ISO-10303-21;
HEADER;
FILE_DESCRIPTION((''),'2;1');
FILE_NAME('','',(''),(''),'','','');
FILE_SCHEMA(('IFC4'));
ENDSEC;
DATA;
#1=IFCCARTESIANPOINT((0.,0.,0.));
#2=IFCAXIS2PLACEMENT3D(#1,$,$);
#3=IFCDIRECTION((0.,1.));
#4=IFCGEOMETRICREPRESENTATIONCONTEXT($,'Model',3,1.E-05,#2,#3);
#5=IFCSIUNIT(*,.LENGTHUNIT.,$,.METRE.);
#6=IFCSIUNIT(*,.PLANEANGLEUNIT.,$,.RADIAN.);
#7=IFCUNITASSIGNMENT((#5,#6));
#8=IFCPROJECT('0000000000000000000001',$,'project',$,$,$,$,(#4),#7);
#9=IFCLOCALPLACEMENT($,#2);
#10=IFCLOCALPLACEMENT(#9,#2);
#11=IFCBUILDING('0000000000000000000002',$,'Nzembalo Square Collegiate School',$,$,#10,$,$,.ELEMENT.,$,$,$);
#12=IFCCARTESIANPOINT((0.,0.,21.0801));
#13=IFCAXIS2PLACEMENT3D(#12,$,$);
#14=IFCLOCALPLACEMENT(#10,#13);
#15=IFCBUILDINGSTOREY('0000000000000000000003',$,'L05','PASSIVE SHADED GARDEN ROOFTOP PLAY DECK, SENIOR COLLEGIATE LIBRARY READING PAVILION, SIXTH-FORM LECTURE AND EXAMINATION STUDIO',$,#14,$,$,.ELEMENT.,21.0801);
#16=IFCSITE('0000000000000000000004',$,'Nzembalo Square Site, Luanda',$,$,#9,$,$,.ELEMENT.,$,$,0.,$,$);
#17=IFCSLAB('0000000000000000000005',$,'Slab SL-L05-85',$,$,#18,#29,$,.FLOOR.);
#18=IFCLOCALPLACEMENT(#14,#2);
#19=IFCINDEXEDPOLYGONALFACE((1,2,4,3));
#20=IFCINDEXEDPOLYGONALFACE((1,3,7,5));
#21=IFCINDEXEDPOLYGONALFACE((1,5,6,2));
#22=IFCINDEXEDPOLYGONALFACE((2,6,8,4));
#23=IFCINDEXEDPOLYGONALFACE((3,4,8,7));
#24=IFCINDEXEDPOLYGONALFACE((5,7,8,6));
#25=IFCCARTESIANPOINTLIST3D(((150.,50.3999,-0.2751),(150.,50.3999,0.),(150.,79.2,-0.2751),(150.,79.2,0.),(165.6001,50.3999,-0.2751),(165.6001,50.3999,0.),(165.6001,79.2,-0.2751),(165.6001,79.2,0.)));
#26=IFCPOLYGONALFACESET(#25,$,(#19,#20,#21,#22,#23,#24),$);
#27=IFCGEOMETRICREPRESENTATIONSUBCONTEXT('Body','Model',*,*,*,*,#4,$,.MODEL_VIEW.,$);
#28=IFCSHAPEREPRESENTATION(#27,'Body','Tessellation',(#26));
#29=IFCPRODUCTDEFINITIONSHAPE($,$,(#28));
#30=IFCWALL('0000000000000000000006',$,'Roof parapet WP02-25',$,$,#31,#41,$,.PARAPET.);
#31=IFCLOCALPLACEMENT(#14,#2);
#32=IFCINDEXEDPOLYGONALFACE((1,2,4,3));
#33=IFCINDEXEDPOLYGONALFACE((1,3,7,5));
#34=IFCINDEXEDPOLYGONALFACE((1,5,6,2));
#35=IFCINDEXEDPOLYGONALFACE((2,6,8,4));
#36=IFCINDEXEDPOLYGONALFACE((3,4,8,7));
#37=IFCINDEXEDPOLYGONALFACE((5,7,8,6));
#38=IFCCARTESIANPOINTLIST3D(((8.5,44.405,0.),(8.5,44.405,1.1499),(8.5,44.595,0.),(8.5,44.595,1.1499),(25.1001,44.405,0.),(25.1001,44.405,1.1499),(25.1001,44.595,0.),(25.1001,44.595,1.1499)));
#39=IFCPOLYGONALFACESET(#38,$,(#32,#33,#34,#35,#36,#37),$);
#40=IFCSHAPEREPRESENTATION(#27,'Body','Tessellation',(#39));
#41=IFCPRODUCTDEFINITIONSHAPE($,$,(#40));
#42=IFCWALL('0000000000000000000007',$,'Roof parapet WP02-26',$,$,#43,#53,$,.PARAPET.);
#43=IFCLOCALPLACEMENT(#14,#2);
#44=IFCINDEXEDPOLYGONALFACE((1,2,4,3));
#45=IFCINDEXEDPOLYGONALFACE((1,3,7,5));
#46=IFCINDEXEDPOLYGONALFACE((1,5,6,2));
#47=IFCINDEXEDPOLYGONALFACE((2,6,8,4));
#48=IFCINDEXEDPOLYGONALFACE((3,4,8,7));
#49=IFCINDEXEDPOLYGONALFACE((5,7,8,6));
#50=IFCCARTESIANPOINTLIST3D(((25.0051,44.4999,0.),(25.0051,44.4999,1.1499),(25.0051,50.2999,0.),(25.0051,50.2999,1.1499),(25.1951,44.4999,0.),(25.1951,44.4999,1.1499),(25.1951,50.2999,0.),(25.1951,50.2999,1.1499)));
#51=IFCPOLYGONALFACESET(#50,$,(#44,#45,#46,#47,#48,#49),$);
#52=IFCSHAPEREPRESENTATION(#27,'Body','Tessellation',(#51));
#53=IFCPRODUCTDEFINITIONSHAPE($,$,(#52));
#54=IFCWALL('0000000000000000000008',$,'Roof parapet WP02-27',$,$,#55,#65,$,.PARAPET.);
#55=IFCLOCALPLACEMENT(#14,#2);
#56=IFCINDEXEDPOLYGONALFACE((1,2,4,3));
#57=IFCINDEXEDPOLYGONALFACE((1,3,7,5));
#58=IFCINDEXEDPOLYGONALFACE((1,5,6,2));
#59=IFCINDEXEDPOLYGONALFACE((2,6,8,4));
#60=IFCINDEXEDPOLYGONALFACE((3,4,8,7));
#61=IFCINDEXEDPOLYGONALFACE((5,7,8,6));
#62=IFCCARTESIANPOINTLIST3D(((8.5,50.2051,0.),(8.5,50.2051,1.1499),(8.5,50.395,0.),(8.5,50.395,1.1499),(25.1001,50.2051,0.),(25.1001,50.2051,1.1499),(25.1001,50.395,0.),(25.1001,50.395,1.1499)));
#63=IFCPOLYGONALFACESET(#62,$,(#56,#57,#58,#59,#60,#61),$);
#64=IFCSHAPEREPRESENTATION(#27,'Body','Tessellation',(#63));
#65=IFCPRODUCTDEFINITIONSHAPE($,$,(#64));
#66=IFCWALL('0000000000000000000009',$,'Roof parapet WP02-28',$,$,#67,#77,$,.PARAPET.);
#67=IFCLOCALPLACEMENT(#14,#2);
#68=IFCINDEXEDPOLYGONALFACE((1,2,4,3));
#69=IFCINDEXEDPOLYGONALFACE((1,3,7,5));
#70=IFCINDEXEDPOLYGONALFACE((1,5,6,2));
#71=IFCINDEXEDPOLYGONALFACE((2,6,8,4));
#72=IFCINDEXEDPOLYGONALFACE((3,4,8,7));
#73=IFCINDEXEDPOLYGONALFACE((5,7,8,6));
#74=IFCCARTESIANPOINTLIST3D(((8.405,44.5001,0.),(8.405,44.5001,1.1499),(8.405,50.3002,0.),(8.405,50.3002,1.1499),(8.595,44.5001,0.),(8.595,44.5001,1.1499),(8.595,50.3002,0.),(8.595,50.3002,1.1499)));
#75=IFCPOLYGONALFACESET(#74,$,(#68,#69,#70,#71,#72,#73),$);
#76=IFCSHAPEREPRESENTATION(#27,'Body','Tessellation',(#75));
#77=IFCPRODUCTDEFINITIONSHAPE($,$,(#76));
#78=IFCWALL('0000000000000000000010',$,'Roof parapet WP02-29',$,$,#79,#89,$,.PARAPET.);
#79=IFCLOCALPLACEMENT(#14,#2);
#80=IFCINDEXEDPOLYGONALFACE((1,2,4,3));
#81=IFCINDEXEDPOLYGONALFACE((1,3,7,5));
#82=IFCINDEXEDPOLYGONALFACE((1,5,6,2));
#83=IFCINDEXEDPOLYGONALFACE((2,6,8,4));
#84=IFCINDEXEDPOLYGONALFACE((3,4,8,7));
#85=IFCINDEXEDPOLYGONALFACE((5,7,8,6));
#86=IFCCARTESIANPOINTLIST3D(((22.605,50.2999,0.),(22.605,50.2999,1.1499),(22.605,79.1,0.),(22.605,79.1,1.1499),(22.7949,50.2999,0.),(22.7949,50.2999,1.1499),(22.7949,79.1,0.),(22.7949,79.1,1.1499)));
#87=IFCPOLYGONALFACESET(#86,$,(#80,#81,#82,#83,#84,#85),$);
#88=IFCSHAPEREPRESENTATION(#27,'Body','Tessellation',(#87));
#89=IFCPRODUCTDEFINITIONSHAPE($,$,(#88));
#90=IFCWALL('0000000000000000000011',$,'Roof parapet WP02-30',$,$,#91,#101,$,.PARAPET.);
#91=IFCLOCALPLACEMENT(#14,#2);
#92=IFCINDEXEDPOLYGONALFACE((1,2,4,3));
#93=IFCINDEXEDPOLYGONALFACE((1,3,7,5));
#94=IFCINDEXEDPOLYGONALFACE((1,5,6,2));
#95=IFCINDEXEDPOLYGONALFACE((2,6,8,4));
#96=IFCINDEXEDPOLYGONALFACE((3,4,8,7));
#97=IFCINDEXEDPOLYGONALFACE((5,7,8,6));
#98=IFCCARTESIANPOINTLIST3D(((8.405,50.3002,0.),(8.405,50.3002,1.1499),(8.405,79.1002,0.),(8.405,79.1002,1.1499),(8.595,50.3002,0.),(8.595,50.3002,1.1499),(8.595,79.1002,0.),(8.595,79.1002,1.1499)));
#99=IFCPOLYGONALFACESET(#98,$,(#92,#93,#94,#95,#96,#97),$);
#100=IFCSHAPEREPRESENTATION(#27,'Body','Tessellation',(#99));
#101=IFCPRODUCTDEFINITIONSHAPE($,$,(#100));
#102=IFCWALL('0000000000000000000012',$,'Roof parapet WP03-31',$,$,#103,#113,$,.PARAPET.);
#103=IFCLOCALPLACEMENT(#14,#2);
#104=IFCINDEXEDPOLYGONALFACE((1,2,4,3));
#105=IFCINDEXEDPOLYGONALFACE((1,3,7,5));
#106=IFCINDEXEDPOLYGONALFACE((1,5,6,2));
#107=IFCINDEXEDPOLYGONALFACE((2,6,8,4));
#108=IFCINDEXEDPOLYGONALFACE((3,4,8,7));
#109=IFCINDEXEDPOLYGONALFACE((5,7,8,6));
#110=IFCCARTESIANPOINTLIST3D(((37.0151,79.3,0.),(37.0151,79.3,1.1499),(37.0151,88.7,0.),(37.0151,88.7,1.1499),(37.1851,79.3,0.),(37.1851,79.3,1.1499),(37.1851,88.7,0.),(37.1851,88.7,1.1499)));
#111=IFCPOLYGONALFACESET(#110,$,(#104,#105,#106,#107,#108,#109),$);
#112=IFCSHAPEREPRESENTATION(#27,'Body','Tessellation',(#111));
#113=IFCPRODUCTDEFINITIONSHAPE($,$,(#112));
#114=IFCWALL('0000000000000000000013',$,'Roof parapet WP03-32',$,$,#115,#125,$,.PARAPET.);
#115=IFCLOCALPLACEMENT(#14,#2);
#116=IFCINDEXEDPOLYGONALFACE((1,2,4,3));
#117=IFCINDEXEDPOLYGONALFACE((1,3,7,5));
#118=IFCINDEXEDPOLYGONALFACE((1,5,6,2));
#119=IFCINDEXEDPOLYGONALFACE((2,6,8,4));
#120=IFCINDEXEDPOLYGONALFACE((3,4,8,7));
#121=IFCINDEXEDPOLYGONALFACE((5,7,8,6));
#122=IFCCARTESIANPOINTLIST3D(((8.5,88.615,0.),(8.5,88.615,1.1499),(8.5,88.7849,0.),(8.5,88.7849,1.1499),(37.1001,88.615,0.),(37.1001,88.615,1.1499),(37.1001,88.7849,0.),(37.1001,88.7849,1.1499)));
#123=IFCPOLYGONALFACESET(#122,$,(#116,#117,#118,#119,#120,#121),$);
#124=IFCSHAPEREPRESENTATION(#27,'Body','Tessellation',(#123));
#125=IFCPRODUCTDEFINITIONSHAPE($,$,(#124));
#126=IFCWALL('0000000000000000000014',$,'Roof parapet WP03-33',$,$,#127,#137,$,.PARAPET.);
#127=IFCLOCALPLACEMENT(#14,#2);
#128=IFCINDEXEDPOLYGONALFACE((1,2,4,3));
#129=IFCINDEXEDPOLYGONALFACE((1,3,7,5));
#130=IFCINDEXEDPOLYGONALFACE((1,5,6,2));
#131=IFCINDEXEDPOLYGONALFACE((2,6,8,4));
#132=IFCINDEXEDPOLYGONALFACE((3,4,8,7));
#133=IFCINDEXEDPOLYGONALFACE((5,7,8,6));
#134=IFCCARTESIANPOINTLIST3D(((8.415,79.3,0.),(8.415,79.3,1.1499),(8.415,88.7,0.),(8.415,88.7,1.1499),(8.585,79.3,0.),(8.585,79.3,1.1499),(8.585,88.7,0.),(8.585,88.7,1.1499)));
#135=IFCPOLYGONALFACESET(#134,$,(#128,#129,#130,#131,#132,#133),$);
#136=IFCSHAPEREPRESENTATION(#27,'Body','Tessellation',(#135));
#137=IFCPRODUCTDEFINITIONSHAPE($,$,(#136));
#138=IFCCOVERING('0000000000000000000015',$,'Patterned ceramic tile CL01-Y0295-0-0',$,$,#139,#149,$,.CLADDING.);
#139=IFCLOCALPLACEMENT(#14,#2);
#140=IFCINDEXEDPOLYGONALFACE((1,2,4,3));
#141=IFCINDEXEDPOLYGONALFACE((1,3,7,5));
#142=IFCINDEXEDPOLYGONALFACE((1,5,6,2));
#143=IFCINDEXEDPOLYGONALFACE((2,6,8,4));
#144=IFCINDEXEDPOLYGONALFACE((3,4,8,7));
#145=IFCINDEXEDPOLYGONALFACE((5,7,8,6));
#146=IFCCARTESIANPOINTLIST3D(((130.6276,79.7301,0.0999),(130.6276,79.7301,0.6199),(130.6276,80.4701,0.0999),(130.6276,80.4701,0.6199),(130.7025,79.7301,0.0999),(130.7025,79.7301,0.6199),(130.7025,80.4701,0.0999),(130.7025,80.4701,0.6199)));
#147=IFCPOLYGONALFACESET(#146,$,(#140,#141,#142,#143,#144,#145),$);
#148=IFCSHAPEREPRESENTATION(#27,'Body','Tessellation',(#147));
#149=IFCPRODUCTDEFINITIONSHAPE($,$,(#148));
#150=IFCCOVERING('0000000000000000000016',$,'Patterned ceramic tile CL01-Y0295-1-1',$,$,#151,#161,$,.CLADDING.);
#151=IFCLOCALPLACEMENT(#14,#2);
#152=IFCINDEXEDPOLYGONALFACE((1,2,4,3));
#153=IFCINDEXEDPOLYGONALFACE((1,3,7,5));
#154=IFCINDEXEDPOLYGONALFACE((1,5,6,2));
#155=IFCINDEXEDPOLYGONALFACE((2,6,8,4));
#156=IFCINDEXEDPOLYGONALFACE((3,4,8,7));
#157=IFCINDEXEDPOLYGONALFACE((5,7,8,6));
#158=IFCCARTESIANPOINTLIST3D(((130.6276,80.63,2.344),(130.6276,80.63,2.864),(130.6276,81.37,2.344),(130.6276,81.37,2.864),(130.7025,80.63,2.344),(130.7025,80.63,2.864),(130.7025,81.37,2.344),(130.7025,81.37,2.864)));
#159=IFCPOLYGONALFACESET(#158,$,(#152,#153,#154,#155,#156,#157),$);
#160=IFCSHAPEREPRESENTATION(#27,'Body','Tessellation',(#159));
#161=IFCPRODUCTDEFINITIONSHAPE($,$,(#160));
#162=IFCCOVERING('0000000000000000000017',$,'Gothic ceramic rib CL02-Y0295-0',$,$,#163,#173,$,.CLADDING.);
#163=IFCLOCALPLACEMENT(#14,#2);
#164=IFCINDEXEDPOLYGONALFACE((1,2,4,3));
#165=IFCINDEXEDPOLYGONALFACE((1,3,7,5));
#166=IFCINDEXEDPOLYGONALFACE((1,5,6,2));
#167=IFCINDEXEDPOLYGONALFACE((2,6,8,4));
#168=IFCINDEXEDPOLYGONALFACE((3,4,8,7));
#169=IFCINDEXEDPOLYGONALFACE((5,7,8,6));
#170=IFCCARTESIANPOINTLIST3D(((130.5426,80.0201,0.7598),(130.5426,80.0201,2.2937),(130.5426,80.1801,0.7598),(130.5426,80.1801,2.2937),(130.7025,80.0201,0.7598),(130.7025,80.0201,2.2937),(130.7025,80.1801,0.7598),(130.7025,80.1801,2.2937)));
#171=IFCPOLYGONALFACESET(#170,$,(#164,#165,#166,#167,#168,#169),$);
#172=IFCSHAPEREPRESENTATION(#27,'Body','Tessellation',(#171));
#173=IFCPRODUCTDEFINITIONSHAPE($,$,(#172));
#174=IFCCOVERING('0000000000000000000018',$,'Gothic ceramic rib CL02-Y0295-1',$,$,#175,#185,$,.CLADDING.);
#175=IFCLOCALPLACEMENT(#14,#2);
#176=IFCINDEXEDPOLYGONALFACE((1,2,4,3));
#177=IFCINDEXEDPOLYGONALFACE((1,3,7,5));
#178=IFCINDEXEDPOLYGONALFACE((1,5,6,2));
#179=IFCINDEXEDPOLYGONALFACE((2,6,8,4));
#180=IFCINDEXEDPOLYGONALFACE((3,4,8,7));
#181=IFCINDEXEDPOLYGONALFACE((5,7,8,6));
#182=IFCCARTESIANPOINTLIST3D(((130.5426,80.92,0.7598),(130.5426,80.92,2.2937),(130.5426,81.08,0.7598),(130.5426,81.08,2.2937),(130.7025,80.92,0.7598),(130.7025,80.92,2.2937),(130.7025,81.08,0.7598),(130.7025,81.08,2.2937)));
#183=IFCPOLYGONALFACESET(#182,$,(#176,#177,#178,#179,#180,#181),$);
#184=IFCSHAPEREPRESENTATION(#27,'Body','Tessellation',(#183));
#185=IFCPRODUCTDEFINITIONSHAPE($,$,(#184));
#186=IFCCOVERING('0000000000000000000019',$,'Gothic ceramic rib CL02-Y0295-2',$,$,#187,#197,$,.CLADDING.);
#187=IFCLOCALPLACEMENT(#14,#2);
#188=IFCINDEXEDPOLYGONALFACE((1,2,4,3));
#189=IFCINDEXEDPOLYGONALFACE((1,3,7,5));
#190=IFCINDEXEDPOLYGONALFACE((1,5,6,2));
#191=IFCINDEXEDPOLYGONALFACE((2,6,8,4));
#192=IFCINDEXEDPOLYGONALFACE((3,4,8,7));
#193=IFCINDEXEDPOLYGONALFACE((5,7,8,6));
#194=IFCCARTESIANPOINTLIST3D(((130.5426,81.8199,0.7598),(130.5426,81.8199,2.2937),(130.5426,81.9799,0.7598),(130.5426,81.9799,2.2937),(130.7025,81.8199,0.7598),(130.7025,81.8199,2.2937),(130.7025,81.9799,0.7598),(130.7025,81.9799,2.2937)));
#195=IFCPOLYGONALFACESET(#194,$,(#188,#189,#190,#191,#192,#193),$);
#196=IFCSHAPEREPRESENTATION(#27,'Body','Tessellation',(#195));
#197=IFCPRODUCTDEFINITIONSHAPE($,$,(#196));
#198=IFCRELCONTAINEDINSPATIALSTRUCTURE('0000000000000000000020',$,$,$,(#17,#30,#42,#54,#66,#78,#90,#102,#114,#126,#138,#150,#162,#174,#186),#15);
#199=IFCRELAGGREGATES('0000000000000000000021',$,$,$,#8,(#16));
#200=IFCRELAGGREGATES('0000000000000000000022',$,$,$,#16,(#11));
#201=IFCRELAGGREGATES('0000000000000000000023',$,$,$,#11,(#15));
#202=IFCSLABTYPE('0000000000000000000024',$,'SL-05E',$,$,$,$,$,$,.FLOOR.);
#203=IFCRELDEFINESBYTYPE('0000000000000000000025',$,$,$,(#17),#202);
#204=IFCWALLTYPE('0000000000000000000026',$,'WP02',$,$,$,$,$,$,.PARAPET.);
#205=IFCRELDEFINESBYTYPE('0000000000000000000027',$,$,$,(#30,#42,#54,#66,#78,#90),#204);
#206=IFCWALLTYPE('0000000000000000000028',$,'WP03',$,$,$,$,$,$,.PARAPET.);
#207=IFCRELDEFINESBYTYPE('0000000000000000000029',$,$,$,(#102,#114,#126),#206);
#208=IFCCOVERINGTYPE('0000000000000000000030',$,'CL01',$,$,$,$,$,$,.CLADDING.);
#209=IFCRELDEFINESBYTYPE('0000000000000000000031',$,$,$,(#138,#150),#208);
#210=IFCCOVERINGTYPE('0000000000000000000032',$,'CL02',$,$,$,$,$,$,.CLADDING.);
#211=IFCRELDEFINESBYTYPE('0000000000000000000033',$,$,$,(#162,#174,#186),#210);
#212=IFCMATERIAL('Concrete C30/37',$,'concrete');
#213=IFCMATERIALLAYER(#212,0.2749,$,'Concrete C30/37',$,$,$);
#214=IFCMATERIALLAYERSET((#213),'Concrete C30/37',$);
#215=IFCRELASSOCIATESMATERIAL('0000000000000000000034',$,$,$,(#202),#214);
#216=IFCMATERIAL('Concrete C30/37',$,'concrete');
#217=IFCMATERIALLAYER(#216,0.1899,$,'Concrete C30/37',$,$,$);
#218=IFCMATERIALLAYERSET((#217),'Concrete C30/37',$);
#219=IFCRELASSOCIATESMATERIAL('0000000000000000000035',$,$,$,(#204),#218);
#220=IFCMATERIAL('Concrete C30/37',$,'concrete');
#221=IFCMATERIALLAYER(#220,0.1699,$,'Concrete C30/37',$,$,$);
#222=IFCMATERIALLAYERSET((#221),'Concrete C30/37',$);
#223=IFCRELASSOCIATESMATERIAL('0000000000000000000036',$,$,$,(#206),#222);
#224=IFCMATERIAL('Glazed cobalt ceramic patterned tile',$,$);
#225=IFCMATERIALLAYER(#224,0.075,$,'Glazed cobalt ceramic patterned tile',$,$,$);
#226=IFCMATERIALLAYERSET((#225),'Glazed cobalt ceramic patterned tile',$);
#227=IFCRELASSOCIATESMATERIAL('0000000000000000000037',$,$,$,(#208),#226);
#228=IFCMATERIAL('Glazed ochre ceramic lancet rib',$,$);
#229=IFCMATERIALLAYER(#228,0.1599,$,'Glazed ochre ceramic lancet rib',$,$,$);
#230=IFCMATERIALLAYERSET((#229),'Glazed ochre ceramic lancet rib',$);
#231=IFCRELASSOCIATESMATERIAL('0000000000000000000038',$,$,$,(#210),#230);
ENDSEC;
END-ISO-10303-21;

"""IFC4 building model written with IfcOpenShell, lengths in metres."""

from ifc_helpers import new_model, si_unit, direction, frame, frame_2d, origin, origin_2d, place, context, subcontext, project, spatial, polyline, rectangle, outline, extrude, material, layer, layer_set, type_object, element, save


model = new_model("IFC4")

# Units and contexts
model_context = context("Model", 3, precision=1e-05, world=origin(), true_north=direction((0.0, 1.0)))
body_context = subcontext(model_context, "Body", "Model", "MODEL_VIEW")
ifc_project = project(units=[si_unit("LENGTHUNIT", "METRE"), si_unit("PLANEANGLEUNIT", "RADIAN")], contexts=[model_context])

# Site, building, storey
site_placement = place(None, origin())
site = spatial("IfcSite", under=ifc_project, at=site_placement, Name="Nzembalo Square Site, Luanda", CompositionType="ELEMENT", RefElevation=0.0)
building_placement = place(site_placement, origin())
building = spatial("IfcBuilding", under=site, at=building_placement, Name="Nzembalo Square Collegiate School", CompositionType="ELEMENT")
storey_placement = place(building_placement, frame((0.0, 0.0, 21.0801)))
storey = spatial("IfcBuildingStorey", under=building, at=storey_placement, Name="L05", Description="PASSIVE SHADED GARDEN ROOFTOP PLAY DECK, SENIOR COLLEGIATE LIBRARY READING PAVILION, SIXTH-FORM LECTURE AND EXAMINATION STUDIO", CompositionType="ELEMENT", Elevation=21.0801)

# Slab
ifc_material_1 = material(Name="Concrete C30/37", Category="concrete")
ifc_layer_1 = layer(ifc_material_1, 0.2749, Name="Concrete C30/37")
ifc_layer_set_1 = layer_set([ifc_layer_1], Name="Concrete C30/37")
slab_type_1 = type_object("IfcSlabType", Name="SL-05E", PredefinedType="FLOOR", material=ifc_layer_set_1)
slab_1_placement = place(storey_placement, frame((0.0, 0.0, -0.2751)))
element("IfcSlab", 1, at=slab_1_placement, inside=storey, type_object=slab_type_1, Name="Slab SL-L05-85", PredefinedType="FLOOR", context=body_context, shape_type="SweptSolid", body=[
    extrude(outline(polyline([(150.0, 50.3999), (165.6001, 50.3999), (165.6001, 79.2), (150.0, 79.2), (150.0, 50.3999)])), origin(), (0.0, 0.0, 1.0), 0.2751),
])

# Walls
ifc_material_2 = material(Name="Concrete C30/37", Category="concrete")
ifc_layer_2 = layer(ifc_material_2, 0.1899, Name="Concrete C30/37")
ifc_layer_set_2 = layer_set([ifc_layer_2], Name="Concrete C30/37")
wall_type_1 = type_object("IfcWallType", Name="WP02", PredefinedType="PARAPET", material=ifc_layer_set_2)
wall_1_placement = place(storey_placement, frame((8.5, 44.5, 0.0), z_axis=(0.0, 0.0, 1.0), x_axis=(1.0, 0.0, 0.0)))
element("IfcWall", 2, at=wall_1_placement, inside=storey, type_object=wall_type_1, Name="Roof parapet WP02-25", PredefinedType="PARAPET", context=body_context, shape_type="SweptSolid", body=[
    extrude(rectangle(XDim=16.6001, YDim=0.1899, at=frame_2d((8.3, 0.0))), origin(), (0.0, 0.0, 1.0), 1.1499),
])
wall_2_placement = place(storey_placement, frame((25.1001, 44.5, 0.0), z_axis=(0.0, 0.0, 1.0), x_axis=(0.0, 1.0, 0.0)))
element("IfcWall", 3, at=wall_2_placement, inside=storey, type_object=wall_type_1, Name="Roof parapet WP02-26", PredefinedType="PARAPET", context=body_context, shape_type="SweptSolid", body=[
    extrude(rectangle(XDim=5.8, YDim=0.1899, at=frame_2d((2.8999, 0.0))), origin(), (0.0, 0.0, 1.0), 1.1499),
])
wall_3_placement = place(storey_placement, frame((25.1001, 50.3, 0.0), z_axis=(0.0, 0.0, 1.0), x_axis=(-1.0, 0.0, 0.0)))
element("IfcWall", 4, at=wall_3_placement, inside=storey, type_object=wall_type_1, Name="Roof parapet WP02-27", PredefinedType="PARAPET", context=body_context, shape_type="SweptSolid", body=[
    extrude(rectangle(XDim=16.6001, YDim=0.1899, at=frame_2d((8.3, 0.0))), origin(), (0.0, 0.0, 1.0), 1.1499),
])
wall_4_placement = place(storey_placement, frame((8.5, 50.3, 0.0), z_axis=(0.0, 0.0, 1.0), x_axis=(0.0, -1.0, 0.0)))
element("IfcWall", 5, at=wall_4_placement, inside=storey, type_object=wall_type_1, Name="Roof parapet WP02-28", PredefinedType="PARAPET", context=body_context, shape_type="SweptSolid", body=[
    extrude(rectangle(XDim=5.8, YDim=0.1899, at=frame_2d((2.8999, 0.0))), origin(), (0.0, 0.0, 1.0), 1.1499),
])
for number, where, z_axis, x_axis, name in (
    (6, (22.7, 50.3, 0.0), (0.0, 0.0, 1.0), (0.0, 1.0, 0.0), "Roof parapet WP02-29"),
    (7, (8.5, 79.1001, 0.0), (0.0, 0.0, 1.0), (0.0, -1.0, 0.0), "Roof parapet WP02-30"),
):
    element("IfcWall", number, at=place(storey_placement, frame(where, z_axis=z_axis, x_axis=x_axis)), inside=storey, type_object=wall_type_1, Name=name, PredefinedType="PARAPET", context=body_context, shape_type="SweptSolid", body=[
        extrude(rectangle(XDim=28.8, YDim=0.1899, at=frame_2d((14.3999, 0.0))), origin(), (0.0, 0.0, 1.0), 1.1499),
    ])
ifc_material_3 = material(Name="Concrete C30/37", Category="concrete")
ifc_layer_3 = layer(ifc_material_3, 0.1699, Name="Concrete C30/37")
ifc_layer_set_3 = layer_set([ifc_layer_3], Name="Concrete C30/37")
wall_type_2 = type_object("IfcWallType", Name="WP03", PredefinedType="PARAPET", material=ifc_layer_set_3)
wall_5_placement = place(storey_placement, frame((37.1001, 79.3, 0.0), z_axis=(0.0, 0.0, 1.0), x_axis=(0.0, 1.0, 0.0)))
element("IfcWall", 8, at=wall_5_placement, inside=storey, type_object=wall_type_2, Name="Roof parapet WP03-31", PredefinedType="PARAPET", context=body_context, shape_type="SweptSolid", body=[
    extrude(rectangle(XDim=9.3999, YDim=0.1699, at=frame_2d((4.7, 0.0))), origin(), (0.0, 0.0, 1.0), 1.1499),
])
wall_6_placement = place(storey_placement, frame((37.1001, 88.7, 0.0), z_axis=(0.0, 0.0, 1.0), x_axis=(-1.0, 0.0, 0.0)))
element("IfcWall", 9, at=wall_6_placement, inside=storey, type_object=wall_type_2, Name="Roof parapet WP03-32", PredefinedType="PARAPET", context=body_context, shape_type="SweptSolid", body=[
    extrude(rectangle(XDim=28.6001, YDim=0.1699, at=frame_2d((14.3, 0.0))), origin(), (0.0, 0.0, 1.0), 1.1499),
])
wall_7_placement = place(storey_placement, frame((8.5, 88.7, 0.0), z_axis=(0.0, 0.0, 1.0), x_axis=(0.0, -1.0, 0.0)))
element("IfcWall", 10, at=wall_7_placement, inside=storey, type_object=wall_type_2, Name="Roof parapet WP03-33", PredefinedType="PARAPET", context=body_context, shape_type="SweptSolid", body=[
    extrude(rectangle(XDim=9.3999, YDim=0.1699, at=frame_2d((4.7, 0.0))), origin(), (0.0, 0.0, 1.0), 1.1499),
])

# Coverings
ifc_material_4 = material(Name="Glazed cobalt ceramic patterned tile")
ifc_layer_4 = layer(ifc_material_4, 0.075, Name="Glazed cobalt ceramic patterned tile")
ifc_layer_set_4 = layer_set([ifc_layer_4], Name="Glazed cobalt ceramic patterned tile")
covering_type_1 = type_object("IfcCoveringType", Name="CL01", PredefinedType="CLADDING", material=ifc_layer_set_4)
for number, where, z_axis, x_axis, name in (
    (11, (130.665, 80.1001, 0.0999), (0.0, 0.0, 1.0), (1.0, 0.0, 0.0), "Patterned ceramic tile CL01-Y0295-0-0"),
    (12, (130.665, 81.0, 2.344), (0.0, 0.0, 1.0), (1.0, 0.0, 0.0), "Patterned ceramic tile CL01-Y0295-1-1"),
):
    element("IfcCovering", number, at=place(storey_placement, frame(where, z_axis=z_axis, x_axis=x_axis)), inside=storey, type_object=covering_type_1, Name=name, PredefinedType="CLADDING", context=body_context, shape_type="SweptSolid", body=[
        extrude(rectangle(XDim=0.075, YDim=0.74, at=origin_2d()), origin(), (0.0, 0.0, 1.0), 0.52),
    ])
ifc_material_5 = material(Name="Glazed ochre ceramic lancet rib")
ifc_layer_5 = layer(ifc_material_5, 0.1599, Name="Glazed ochre ceramic lancet rib")
ifc_layer_set_5 = layer_set([ifc_layer_5], Name="Glazed ochre ceramic lancet rib")
covering_type_2 = type_object("IfcCoveringType", Name="CL02", PredefinedType="CLADDING", material=ifc_layer_set_5)
for number, where, z_axis, x_axis, name in (
    (13, (130.6226, 80.1001, 0.7598), (0.0, 0.0, 1.0), (1.0, 0.0, 0.0), "Gothic ceramic rib CL02-Y0295-0"),
    (14, (130.6226, 81.0, 0.7598), (0.0, 0.0, 1.0), (1.0, 0.0, 0.0), "Gothic ceramic rib CL02-Y0295-1"),
    (15, (130.6226, 81.8999, 0.7598), (0.0, 0.0, 1.0), (1.0, 0.0, 0.0), "Gothic ceramic rib CL02-Y0295-2"),
):
    element("IfcCovering", number, at=place(storey_placement, frame(where, z_axis=z_axis, x_axis=x_axis)), inside=storey, type_object=covering_type_2, Name=name, PredefinedType="CLADDING", context=body_context, shape_type="SweptSolid", body=[
        extrude(rectangle(XDim=0.1599, YDim=0.1599, at=origin_2d()), origin(), (0.0, 0.0, 1.0), 1.5339),
    ])

save(model, "model.ifc")
